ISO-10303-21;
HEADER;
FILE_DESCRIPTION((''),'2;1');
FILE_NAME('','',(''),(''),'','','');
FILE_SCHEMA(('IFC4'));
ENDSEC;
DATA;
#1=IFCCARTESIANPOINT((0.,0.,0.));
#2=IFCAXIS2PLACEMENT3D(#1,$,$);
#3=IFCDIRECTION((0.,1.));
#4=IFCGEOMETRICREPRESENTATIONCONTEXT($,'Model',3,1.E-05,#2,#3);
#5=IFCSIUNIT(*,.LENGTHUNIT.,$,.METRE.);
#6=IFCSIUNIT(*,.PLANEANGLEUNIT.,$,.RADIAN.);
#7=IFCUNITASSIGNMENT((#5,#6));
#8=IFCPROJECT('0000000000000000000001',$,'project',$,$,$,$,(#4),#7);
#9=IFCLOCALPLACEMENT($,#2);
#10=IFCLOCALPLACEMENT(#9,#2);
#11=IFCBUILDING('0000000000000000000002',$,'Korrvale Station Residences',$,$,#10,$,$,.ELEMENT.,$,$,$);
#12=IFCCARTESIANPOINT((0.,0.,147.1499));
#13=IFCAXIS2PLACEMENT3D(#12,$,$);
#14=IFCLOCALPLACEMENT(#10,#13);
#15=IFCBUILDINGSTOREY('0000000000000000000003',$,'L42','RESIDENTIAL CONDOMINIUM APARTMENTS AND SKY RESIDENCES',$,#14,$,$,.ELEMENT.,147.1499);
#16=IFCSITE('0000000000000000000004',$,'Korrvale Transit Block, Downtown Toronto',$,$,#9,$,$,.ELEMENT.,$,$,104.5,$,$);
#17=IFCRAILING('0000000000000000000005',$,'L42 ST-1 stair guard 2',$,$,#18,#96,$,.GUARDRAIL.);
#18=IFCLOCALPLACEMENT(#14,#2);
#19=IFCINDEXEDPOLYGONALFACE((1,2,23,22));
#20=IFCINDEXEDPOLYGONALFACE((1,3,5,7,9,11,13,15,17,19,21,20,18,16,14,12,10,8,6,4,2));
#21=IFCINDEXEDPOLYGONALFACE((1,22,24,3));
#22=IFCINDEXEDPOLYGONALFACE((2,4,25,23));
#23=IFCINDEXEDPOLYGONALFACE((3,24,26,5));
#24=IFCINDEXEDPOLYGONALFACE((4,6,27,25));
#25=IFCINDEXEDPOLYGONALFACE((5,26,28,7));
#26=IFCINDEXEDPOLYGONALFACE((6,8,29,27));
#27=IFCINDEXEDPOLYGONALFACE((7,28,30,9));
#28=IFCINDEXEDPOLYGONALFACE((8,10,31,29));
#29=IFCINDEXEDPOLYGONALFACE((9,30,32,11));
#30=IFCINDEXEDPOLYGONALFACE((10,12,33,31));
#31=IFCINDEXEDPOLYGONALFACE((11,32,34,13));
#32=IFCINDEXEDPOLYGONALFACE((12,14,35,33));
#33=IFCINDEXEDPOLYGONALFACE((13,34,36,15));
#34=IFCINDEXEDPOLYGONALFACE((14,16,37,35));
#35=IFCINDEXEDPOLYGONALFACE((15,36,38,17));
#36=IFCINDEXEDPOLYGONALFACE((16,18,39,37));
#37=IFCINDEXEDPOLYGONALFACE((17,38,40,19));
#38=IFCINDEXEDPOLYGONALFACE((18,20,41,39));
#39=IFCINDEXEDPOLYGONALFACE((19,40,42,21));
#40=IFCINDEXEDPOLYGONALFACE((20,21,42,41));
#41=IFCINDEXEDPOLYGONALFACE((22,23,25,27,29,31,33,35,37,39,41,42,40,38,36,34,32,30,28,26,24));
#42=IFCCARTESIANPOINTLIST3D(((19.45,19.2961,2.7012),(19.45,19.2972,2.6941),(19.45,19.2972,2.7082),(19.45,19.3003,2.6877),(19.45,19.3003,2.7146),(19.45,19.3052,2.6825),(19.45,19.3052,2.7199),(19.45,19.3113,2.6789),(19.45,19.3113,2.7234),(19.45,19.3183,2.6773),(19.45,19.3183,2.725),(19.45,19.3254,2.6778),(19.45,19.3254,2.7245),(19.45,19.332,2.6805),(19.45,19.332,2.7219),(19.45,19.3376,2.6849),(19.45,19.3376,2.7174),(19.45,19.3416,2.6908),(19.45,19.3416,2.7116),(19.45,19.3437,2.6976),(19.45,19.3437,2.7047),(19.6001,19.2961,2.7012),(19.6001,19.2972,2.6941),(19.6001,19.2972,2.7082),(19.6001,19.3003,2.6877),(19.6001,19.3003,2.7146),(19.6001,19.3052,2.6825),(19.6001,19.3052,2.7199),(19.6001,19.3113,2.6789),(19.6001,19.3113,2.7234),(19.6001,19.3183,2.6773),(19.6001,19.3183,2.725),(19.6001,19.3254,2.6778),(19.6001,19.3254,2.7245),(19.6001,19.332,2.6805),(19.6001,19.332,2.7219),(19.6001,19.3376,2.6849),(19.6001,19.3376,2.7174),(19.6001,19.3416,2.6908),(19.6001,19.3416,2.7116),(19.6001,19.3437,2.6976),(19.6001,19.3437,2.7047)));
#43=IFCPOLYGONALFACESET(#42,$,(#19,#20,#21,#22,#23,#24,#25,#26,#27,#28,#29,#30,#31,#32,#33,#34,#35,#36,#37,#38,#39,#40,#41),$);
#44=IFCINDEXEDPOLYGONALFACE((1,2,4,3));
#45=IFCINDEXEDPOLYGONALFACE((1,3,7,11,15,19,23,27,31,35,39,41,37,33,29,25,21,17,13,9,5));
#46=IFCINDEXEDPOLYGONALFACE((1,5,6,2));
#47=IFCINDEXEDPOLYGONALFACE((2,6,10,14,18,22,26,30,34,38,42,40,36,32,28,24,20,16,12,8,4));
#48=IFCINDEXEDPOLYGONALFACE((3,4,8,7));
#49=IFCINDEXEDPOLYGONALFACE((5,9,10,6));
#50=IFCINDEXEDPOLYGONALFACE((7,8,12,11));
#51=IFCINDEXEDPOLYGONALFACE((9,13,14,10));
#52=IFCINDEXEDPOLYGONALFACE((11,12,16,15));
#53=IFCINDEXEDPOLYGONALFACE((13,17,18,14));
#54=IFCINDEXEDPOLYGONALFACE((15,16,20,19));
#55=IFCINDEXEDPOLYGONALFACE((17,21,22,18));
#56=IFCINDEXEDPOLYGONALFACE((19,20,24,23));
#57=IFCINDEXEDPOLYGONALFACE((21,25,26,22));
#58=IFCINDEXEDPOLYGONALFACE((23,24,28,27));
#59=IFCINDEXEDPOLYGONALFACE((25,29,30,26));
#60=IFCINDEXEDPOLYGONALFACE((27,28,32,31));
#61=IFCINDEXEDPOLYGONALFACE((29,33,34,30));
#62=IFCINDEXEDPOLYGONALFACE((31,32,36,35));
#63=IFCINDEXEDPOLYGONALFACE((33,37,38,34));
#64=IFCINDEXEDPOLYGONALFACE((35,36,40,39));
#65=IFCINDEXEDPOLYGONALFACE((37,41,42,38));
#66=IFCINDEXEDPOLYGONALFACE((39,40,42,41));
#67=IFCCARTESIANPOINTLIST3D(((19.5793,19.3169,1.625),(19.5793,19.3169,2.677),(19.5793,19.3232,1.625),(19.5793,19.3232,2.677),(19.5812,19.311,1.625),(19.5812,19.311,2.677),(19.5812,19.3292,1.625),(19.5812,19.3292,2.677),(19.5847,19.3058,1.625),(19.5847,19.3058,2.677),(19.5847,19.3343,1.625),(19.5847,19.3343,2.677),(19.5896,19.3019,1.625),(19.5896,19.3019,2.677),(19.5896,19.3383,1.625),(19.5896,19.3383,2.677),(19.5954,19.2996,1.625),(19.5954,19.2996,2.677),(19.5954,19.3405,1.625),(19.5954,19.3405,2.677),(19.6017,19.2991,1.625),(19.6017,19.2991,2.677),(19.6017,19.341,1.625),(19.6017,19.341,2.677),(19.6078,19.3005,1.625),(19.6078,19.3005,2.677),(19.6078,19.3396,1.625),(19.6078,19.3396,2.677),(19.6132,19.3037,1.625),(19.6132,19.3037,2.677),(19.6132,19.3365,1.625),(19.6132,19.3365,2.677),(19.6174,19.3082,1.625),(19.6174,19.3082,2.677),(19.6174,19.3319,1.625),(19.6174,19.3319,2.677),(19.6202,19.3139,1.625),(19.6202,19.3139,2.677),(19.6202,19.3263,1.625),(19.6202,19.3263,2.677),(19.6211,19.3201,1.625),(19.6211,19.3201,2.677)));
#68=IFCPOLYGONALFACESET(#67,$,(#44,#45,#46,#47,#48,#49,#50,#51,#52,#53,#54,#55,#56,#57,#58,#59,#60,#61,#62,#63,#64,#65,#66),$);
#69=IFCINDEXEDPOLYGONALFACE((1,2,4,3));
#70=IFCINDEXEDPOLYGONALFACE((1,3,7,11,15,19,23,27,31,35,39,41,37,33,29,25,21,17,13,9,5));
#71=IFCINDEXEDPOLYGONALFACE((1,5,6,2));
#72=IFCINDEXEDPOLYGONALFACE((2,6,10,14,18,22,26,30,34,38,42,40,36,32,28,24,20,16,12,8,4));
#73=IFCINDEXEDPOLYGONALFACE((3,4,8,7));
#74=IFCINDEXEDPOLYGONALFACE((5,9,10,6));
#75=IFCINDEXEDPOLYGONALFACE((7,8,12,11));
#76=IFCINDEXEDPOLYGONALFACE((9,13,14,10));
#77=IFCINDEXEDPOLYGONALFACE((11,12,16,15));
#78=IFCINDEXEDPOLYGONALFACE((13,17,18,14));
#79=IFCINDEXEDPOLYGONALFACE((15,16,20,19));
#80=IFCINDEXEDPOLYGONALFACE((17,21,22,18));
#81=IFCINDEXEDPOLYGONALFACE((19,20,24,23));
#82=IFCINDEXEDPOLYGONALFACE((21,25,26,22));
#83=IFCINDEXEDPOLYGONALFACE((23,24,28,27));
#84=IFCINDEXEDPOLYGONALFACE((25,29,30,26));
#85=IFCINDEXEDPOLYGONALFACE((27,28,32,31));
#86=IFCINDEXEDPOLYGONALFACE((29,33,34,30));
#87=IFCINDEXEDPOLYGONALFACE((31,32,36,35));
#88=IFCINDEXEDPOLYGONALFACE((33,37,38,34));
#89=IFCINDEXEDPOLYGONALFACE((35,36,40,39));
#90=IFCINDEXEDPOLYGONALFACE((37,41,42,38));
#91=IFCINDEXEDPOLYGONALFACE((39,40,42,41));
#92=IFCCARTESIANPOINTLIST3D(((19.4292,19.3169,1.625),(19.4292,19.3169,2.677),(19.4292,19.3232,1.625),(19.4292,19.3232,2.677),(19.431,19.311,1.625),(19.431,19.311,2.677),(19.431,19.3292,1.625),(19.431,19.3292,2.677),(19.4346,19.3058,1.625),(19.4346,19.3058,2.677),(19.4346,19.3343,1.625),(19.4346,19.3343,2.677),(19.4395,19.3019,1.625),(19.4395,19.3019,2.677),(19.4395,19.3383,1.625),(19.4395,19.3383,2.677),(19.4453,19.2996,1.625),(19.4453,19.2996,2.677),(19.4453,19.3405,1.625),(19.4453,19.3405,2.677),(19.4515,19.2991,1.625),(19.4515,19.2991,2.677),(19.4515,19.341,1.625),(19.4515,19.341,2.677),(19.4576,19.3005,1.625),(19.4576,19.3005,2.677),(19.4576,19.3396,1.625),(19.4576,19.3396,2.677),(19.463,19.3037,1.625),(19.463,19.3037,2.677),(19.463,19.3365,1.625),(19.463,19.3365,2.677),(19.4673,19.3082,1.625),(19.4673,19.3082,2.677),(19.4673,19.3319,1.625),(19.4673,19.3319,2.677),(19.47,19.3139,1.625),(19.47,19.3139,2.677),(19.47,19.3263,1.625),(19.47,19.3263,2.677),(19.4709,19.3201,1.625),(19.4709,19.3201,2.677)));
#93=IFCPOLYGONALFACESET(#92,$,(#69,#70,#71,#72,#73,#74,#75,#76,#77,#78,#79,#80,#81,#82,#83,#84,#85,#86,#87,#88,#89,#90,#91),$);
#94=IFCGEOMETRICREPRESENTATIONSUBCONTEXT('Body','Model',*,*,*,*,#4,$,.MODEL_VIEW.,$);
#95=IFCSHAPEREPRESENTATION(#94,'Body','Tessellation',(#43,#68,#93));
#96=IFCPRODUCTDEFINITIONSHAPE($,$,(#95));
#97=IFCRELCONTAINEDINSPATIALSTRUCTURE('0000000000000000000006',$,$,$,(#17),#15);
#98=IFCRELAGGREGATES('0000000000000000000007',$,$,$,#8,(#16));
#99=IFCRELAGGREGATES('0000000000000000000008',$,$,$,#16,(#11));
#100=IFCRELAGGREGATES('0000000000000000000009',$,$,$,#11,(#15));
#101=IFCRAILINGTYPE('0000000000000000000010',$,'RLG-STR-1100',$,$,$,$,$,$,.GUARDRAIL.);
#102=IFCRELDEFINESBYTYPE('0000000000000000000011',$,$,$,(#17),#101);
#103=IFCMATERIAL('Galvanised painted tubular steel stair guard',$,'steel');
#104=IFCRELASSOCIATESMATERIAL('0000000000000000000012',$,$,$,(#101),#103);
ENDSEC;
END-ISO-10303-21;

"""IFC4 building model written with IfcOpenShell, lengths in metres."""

from ifc_helpers import new_model, si_unit, direction, frame, origin, origin_2d, place, context, subcontext, project, spatial, circle, extrude, material, type_object, element, save


model = new_model("IFC4")

# Units and contexts
model_context = context("Model", 3, precision=1e-05, world=origin(), true_north=direction((0.0, 1.0)))
body_context = subcontext(model_context, "Body", "Model", "MODEL_VIEW")
ifc_project = project(units=[si_unit("LENGTHUNIT", "METRE"), si_unit("PLANEANGLEUNIT", "RADIAN")], contexts=[model_context])

# Site, building, storey
site_placement = place(None, origin())
site = spatial("IfcSite", under=ifc_project, at=site_placement, Name="Korrvale Transit Block, Downtown Toronto", CompositionType="ELEMENT", RefElevation=104.5)
building_placement = place(site_placement, origin())
building = spatial("IfcBuilding", under=site, at=building_placement, Name="Korrvale Station Residences", CompositionType="ELEMENT")
storey_placement = place(building_placement, frame((0.0, 0.0, 147.1499)))
storey = spatial("IfcBuildingStorey", under=building, at=storey_placement, Name="L42", Description="RESIDENTIAL CONDOMINIUM APARTMENTS AND SKY RESIDENCES", CompositionType="ELEMENT", Elevation=147.1499)

# Railing
ifc_material_1 = material(Name="Galvanised painted tubular steel stair guard", Category="steel")
railing_type_1 = type_object("IfcRailingType", Name="RLG-STR-1100", PredefinedType="GUARDRAIL", material=ifc_material_1)
railing_1_placement = place(storey_placement, frame((19.6001, 19.3201, 1.625)))
element("IfcRailing", 1, at=railing_1_placement, inside=storey, type_object=railing_type_1, Name="L42 ST-1 stair guard 2", PredefinedType="GUARDRAIL", context=body_context, shape_type="SweptSolid", body=[
    extrude(circle(Radius=0.0239, at=origin_2d()), frame((0.0, 0.0, 1.0762), z_axis=(-1.0, 0.0, 0.0), x_axis=(0.0, -1.0, 0.0)), (0.0, 0.0, 1.0), 0.1501),
    extrude(circle(Radius=0.021, at=origin_2d()), origin(), (0.0, 0.0, 1.0), 1.052),
    extrude(circle(Radius=0.021, at=origin_2d()), frame((-0.1501, 0.0, 0.0)), (0.0, 0.0, 1.0), 1.052),
])

save(model, "model.ifc")
